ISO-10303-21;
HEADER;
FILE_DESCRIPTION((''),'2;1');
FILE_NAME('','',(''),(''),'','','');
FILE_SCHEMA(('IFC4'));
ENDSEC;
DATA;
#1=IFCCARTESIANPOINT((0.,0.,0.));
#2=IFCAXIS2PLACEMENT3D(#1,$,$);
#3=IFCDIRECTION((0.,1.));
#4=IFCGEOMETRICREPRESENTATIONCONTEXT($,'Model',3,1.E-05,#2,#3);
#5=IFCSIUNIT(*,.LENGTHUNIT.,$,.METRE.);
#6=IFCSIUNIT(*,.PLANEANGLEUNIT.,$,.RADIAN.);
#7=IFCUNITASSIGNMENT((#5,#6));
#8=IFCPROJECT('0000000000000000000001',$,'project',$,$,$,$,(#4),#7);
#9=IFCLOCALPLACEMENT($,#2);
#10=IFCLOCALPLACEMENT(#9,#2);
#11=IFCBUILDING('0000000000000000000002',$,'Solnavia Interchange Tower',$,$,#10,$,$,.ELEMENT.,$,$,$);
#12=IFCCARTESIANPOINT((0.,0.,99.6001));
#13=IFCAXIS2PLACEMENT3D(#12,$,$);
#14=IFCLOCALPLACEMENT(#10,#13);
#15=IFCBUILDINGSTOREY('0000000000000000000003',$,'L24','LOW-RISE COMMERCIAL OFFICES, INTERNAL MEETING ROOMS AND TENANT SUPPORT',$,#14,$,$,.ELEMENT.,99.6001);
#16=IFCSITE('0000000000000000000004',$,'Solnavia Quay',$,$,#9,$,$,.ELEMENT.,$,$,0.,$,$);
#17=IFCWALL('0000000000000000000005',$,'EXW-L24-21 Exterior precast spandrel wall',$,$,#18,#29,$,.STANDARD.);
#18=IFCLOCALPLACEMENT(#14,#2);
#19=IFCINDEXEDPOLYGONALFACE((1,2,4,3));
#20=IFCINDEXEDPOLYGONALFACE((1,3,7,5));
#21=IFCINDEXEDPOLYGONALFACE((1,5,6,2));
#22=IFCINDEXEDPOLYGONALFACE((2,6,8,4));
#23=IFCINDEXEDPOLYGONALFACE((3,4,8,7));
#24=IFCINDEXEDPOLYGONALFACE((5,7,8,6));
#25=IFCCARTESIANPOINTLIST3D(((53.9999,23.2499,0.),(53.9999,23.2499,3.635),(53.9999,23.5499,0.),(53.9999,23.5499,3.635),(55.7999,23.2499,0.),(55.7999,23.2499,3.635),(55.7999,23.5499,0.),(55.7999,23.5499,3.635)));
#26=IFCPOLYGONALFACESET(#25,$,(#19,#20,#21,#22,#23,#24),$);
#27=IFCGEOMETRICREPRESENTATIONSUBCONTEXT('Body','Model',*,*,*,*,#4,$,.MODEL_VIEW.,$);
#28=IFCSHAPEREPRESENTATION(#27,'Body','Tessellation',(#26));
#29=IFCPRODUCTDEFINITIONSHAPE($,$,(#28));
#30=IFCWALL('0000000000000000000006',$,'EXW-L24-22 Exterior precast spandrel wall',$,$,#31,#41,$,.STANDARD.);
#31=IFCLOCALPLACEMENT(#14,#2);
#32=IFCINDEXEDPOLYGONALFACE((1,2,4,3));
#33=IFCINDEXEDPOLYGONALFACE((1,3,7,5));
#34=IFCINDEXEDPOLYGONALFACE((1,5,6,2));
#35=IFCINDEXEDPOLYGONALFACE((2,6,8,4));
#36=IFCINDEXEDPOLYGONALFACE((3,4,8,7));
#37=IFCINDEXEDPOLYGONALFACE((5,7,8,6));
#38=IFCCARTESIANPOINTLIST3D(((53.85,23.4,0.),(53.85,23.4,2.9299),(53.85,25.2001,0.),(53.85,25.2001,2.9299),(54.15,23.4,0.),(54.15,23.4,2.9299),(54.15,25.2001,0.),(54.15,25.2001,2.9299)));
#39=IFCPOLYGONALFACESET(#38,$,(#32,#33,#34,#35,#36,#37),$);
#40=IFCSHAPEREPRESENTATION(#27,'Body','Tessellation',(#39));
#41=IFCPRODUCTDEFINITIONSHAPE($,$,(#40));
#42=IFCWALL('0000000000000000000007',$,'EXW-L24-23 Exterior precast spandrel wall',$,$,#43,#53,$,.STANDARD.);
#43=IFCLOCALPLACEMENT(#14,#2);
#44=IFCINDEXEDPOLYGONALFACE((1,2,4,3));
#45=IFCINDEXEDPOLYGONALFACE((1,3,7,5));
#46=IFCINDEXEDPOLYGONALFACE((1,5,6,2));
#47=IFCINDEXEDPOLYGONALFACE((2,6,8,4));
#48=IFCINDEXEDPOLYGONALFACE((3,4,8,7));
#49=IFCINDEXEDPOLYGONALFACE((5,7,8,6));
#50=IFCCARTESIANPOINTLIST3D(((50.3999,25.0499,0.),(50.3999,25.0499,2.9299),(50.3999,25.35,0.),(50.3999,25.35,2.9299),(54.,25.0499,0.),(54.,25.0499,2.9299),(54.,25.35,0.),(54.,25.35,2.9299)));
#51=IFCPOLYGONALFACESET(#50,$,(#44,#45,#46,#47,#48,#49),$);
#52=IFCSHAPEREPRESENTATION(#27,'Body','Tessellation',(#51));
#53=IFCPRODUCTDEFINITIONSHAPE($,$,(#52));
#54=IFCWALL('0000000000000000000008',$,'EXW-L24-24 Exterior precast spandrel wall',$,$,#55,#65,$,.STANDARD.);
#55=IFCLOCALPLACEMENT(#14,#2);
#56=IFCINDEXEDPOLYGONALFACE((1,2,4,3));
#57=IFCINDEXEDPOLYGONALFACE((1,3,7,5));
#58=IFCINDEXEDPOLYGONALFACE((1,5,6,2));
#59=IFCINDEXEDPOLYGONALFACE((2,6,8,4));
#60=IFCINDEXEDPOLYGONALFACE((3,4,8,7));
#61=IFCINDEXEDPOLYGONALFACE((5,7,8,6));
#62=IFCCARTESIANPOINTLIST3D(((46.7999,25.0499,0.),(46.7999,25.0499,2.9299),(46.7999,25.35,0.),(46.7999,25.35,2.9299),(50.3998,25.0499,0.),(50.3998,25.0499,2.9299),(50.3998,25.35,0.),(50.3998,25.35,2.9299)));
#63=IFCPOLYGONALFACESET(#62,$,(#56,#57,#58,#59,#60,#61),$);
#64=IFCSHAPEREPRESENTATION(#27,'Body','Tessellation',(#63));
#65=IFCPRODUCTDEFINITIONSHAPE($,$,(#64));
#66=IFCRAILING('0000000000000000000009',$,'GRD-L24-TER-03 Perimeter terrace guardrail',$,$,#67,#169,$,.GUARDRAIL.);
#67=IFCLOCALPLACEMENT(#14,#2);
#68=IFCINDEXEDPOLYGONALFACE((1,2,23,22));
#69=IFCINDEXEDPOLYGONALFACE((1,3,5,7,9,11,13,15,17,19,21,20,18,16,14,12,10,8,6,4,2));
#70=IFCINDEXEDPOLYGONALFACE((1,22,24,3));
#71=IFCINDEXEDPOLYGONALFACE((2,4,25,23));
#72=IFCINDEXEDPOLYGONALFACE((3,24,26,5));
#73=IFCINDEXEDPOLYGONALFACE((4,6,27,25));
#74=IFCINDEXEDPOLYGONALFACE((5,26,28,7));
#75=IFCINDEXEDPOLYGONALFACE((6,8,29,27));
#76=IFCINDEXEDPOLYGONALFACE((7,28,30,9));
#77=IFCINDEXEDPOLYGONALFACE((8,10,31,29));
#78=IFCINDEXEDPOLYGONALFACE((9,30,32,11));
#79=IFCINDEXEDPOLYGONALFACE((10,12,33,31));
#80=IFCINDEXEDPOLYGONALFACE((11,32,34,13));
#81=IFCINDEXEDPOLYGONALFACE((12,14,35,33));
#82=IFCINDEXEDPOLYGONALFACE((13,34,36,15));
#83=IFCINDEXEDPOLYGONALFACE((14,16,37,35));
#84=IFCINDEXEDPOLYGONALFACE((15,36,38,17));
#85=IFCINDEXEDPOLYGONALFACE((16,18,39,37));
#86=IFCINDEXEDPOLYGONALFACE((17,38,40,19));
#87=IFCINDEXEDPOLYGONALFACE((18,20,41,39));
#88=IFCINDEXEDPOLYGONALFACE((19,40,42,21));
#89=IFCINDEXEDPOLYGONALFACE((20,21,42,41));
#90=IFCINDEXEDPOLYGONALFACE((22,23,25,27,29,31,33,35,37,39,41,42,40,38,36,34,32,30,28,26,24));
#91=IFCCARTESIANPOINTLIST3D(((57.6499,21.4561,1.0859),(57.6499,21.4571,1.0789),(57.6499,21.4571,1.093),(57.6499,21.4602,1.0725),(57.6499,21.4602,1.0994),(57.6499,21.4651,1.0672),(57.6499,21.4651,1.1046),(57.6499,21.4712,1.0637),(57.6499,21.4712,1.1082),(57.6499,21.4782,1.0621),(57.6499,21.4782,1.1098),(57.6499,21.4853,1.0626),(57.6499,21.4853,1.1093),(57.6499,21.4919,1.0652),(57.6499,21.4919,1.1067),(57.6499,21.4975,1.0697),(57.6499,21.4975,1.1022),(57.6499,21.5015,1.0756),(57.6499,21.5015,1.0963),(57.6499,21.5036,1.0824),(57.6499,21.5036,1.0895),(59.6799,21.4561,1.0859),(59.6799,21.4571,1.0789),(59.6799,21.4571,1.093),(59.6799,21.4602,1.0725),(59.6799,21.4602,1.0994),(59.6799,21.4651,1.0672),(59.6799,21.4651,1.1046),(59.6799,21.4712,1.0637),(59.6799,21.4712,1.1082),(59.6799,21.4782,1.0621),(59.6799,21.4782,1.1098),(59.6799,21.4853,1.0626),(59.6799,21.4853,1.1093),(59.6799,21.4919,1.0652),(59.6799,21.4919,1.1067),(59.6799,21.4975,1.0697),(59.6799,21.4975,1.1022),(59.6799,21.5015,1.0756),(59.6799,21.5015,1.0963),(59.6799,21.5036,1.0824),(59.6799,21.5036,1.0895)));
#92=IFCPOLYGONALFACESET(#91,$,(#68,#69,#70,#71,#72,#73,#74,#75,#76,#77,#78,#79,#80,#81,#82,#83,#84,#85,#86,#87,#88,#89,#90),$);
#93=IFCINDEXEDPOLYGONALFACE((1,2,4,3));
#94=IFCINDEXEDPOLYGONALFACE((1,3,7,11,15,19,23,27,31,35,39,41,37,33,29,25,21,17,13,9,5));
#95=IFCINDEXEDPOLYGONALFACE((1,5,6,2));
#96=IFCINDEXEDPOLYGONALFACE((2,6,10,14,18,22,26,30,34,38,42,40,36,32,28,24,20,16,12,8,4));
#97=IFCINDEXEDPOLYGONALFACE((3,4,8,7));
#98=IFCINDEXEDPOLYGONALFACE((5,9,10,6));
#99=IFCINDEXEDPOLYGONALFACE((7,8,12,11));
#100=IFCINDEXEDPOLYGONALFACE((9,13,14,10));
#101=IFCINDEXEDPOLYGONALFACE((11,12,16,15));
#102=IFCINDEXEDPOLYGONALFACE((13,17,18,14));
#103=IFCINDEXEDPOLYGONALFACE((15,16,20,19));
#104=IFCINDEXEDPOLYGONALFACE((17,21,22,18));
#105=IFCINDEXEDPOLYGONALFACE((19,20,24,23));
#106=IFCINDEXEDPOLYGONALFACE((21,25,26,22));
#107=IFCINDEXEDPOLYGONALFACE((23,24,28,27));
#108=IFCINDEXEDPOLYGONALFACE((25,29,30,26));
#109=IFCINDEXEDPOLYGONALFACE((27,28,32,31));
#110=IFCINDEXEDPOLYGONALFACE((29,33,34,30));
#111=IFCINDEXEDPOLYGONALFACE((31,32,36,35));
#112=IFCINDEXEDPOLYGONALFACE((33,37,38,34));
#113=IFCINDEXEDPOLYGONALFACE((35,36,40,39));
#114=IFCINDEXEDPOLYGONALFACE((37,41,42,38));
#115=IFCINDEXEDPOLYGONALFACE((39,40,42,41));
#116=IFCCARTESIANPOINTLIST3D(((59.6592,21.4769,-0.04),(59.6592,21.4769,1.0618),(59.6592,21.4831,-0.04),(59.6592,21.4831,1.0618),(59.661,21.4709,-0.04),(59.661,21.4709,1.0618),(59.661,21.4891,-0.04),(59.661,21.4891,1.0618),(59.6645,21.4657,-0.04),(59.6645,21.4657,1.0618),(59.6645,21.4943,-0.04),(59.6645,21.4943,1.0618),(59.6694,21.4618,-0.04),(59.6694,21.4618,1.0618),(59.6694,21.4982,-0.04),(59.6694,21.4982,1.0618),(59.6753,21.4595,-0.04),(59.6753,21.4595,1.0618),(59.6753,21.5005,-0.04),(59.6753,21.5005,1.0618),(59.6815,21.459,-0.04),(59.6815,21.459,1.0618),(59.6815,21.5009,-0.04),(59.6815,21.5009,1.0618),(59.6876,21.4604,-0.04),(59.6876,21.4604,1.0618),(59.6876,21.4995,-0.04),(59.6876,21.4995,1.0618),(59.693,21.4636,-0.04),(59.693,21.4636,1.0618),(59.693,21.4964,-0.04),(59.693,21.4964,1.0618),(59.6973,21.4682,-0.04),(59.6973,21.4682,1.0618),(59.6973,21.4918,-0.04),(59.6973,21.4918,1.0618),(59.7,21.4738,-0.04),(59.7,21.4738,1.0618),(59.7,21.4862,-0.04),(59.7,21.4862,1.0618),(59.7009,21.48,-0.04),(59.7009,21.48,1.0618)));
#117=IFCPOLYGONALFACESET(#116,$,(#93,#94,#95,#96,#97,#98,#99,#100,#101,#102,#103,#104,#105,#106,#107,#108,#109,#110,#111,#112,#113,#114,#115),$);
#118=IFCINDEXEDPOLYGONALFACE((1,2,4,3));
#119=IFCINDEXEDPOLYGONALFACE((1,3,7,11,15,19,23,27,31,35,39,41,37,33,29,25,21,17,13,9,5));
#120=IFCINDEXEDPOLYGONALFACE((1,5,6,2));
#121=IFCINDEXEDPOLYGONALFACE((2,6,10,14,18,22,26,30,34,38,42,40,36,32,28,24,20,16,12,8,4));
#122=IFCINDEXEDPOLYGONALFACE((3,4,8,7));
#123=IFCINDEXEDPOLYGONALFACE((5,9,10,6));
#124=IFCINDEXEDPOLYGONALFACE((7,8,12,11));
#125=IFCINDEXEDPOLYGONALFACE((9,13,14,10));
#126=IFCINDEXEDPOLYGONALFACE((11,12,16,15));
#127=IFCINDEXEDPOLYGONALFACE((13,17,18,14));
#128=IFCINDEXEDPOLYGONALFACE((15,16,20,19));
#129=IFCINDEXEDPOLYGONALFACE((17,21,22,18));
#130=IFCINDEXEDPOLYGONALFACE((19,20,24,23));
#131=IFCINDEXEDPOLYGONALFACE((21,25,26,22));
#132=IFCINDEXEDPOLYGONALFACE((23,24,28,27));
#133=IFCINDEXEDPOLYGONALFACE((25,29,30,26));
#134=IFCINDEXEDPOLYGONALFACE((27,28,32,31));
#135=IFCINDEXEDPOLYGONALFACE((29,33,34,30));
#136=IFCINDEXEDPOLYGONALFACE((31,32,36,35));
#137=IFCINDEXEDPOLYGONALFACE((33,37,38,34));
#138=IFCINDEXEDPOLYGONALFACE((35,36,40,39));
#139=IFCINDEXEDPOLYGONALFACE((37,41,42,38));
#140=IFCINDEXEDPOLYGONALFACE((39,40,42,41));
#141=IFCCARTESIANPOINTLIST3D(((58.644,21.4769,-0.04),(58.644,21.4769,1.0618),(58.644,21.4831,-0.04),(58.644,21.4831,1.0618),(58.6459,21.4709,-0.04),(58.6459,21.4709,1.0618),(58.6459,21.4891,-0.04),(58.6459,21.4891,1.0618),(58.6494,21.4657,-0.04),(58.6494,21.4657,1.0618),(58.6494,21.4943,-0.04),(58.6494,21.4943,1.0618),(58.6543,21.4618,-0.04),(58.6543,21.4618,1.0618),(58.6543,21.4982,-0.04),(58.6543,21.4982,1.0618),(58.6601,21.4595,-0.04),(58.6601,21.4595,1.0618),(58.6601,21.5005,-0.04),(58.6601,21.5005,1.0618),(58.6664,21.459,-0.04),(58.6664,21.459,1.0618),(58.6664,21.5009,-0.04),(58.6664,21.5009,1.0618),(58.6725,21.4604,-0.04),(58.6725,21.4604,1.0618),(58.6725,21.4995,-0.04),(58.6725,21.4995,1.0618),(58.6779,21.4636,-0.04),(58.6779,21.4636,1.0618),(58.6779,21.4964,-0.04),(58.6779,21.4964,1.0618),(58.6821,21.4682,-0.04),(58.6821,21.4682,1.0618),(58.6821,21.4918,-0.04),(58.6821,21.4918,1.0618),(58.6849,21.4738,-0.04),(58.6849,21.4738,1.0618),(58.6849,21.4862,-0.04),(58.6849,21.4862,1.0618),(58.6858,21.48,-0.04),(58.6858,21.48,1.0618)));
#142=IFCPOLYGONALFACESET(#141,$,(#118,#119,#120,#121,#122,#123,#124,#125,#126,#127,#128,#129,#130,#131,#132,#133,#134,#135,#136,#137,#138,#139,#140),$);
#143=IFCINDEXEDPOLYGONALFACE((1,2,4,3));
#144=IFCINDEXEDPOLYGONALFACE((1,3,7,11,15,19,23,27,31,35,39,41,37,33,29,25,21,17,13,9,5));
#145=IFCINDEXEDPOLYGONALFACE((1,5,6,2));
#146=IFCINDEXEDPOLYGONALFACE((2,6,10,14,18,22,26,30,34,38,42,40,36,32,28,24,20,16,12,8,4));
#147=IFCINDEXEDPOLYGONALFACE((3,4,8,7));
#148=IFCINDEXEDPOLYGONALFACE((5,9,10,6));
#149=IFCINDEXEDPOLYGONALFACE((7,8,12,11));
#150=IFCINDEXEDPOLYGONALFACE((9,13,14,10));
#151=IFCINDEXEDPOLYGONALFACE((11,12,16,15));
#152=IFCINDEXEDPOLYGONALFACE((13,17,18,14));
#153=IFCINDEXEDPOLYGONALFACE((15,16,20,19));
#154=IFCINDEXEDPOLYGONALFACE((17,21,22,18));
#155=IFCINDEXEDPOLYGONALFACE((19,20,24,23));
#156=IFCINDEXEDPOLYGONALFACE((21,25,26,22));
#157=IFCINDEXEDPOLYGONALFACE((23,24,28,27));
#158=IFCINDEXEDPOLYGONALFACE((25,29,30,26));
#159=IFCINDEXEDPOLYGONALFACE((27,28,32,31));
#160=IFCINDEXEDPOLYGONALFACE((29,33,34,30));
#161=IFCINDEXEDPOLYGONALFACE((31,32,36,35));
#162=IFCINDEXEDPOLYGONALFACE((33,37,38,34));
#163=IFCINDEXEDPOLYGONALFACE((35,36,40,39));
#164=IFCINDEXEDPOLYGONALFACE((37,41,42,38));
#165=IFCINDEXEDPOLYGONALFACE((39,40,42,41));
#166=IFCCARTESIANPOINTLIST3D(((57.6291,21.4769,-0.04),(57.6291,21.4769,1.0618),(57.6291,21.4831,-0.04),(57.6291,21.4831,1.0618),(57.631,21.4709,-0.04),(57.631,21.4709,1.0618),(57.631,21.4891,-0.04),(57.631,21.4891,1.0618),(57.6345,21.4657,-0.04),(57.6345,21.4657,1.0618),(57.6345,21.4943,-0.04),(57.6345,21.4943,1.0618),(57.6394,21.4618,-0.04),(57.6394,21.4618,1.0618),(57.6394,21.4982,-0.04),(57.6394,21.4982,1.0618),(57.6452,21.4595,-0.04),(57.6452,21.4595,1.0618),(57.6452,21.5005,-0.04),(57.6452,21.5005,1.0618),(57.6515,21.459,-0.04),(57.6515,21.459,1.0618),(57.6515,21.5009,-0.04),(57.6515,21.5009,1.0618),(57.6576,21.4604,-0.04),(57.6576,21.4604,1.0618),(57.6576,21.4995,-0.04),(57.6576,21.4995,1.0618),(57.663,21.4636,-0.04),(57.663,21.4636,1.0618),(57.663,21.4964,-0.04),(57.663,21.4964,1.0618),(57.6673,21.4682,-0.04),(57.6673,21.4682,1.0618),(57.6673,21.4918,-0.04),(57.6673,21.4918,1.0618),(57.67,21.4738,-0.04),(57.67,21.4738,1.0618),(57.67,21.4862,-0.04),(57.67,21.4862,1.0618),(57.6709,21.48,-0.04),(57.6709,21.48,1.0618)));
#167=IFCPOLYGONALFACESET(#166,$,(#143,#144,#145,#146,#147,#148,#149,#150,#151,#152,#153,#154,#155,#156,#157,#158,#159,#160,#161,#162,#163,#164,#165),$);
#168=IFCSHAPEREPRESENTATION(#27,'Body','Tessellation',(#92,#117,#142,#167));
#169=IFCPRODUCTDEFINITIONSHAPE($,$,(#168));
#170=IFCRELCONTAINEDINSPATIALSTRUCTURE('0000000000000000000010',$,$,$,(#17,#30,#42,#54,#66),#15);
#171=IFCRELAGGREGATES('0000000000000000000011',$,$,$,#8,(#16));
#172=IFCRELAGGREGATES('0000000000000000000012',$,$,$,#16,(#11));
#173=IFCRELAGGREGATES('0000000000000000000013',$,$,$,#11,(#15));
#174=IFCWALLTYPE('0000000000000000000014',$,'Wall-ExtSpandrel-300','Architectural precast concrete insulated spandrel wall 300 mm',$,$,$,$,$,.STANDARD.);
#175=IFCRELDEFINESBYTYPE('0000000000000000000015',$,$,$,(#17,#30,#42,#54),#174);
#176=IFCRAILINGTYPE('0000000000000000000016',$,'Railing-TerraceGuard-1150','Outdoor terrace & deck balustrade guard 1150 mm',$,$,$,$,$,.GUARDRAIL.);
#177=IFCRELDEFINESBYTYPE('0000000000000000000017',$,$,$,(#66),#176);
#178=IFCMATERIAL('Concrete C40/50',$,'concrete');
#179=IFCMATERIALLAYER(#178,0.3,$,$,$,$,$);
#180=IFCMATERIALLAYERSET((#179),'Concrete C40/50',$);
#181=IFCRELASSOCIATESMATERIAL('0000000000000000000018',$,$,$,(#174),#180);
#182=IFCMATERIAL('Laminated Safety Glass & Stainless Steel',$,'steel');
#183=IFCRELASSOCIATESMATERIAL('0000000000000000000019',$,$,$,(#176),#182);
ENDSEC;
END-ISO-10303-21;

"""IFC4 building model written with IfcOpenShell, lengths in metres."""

from ifc_helpers import new_model, si_unit, direction, frame, frame_2d, origin, origin_2d, place, context, subcontext, project, spatial, rectangle, circle, extrude, material, layer, layer_set, type_object, element, save


model = new_model("IFC4")

# Units and contexts
model_context = context("Model", 3, precision=1e-05, world=origin(), true_north=direction((0.0, 1.0)))
body_context = subcontext(model_context, "Body", "Model", "MODEL_VIEW")
ifc_project = project(units=[si_unit("LENGTHUNIT", "METRE"), si_unit("PLANEANGLEUNIT", "RADIAN")], contexts=[model_context])

# Site, building, storey
site_placement = place(None, origin())
site = spatial("IfcSite", under=ifc_project, at=site_placement, Name="Solnavia Quay", CompositionType="ELEMENT", RefElevation=0.0)
building_placement = place(site_placement, origin())
building = spatial("IfcBuilding", under=site, at=building_placement, Name="Solnavia Interchange Tower", CompositionType="ELEMENT")
storey_placement = place(building_placement, frame((0.0, 0.0, 99.6001)))
storey = spatial("IfcBuildingStorey", under=building, at=storey_placement, Name="L24", Description="LOW-RISE COMMERCIAL OFFICES, INTERNAL MEETING ROOMS AND TENANT SUPPORT", CompositionType="ELEMENT", Elevation=99.6001)

# Walls
ifc_material_1 = material(Name="Concrete C40/50", Category="concrete")
ifc_layer_1 = layer(ifc_material_1, 0.3)
ifc_layer_set_1 = layer_set([ifc_layer_1], Name="Concrete C40/50")
wall_type_1 = type_object("IfcWallType", Name="Wall-ExtSpandrel-300", Description="Architectural precast concrete insulated spandrel wall 300 mm", PredefinedType="STANDARD", material=ifc_layer_set_1)
wall_1_placement = place(storey_placement, frame((54.0, 23.3999, 0.0), z_axis=(0.0, 0.0, 1.0), x_axis=(1.0, 0.0, 0.0)))
element("IfcWall", 1, at=wall_1_placement, inside=storey, type_object=wall_type_1, Name="EXW-L24-21 Exterior precast spandrel wall", PredefinedType="STANDARD", context=body_context, shape_type="SweptSolid", body=[
    extrude(rectangle(XDim=1.8, YDim=0.3, at=frame_2d((0.8999, 0.0))), origin(), (0.0, 0.0, 1.0), 3.635),
])
wall_2_placement = place(storey_placement, frame((54.0, 25.2, 0.0), z_axis=(0.0, 0.0, 1.0), x_axis=(0.0, -1.0, 0.0)))
element("IfcWall", 2, at=wall_2_placement, inside=storey, type_object=wall_type_1, Name="EXW-L24-22 Exterior precast spandrel wall", PredefinedType="STANDARD", context=body_context, shape_type="SweptSolid", body=[
    extrude(rectangle(XDim=1.8, YDim=0.3, at=frame_2d((0.8999, 0.0))), origin(), (0.0, 0.0, 1.0), 2.9299),
])
wall_3_placement = place(storey_placement, frame((50.3999, 25.2, 0.0), z_axis=(0.0, 0.0, 1.0), x_axis=(1.0, 0.0, 0.0)))
element("IfcWall", 3, at=wall_3_placement, inside=storey, type_object=wall_type_1, Name="EXW-L24-23 Exterior precast spandrel wall", PredefinedType="STANDARD", context=body_context, shape_type="SweptSolid", body=[
    extrude(rectangle(XDim=3.6001, YDim=0.3, at=frame_2d((1.8, 0.0))), origin(), (0.0, 0.0, 1.0), 2.9299),
])
wall_4_placement = place(storey_placement, frame((46.8, 25.2, 0.0), z_axis=(0.0, 0.0, 1.0), x_axis=(1.0, 0.0, 0.0)))
element("IfcWall", 4, at=wall_4_placement, inside=storey, type_object=wall_type_1, Name="EXW-L24-24 Exterior precast spandrel wall", PredefinedType="STANDARD", context=body_context, shape_type="SweptSolid", body=[
    extrude(rectangle(XDim=3.5999, YDim=0.3, at=frame_2d((1.7998, 0.0))), origin(), (0.0, 0.0, 1.0), 2.9299),
])

# Railing
ifc_material_2 = material(Name="Laminated Safety Glass & Stainless Steel", Category="steel")
railing_type = type_object("IfcRailingType", Name="Railing-TerraceGuard-1150", Description="Outdoor terrace & deck balustrade guard 1150 mm", PredefinedType="GUARDRAIL", material=ifc_material_2)
railing_placement = place(storey_placement, frame((59.6799, 21.48, -0.04)))
element("IfcRailing", 5, at=railing_placement, inside=storey, type_object=railing_type, Name="GRD-L24-TER-03 Perimeter terrace guardrail", PredefinedType="GUARDRAIL", context=body_context, shape_type="SweptSolid", body=[
    extrude(circle(Radius=0.0239, at=origin_2d()), frame((0.0, 0.0, 1.126), z_axis=(-1.0, 0.0, 0.0), x_axis=(0.0, -1.0, 0.0)), (0.0, 0.0, 1.0), 2.03),
    extrude(circle(Radius=0.021, at=origin_2d()), origin(), (0.0, 0.0, 1.0), 1.1018),
    extrude(circle(Radius=0.021, at=origin_2d()), frame((-1.0151, 0.0, 0.0)), (0.0, 0.0, 1.0), 1.1018),
    extrude(circle(Radius=0.021, at=origin_2d()), frame((-2.03, 0.0, 0.0)), (0.0, 0.0, 1.0), 1.1018),
])

save(model, "model.ifc")
